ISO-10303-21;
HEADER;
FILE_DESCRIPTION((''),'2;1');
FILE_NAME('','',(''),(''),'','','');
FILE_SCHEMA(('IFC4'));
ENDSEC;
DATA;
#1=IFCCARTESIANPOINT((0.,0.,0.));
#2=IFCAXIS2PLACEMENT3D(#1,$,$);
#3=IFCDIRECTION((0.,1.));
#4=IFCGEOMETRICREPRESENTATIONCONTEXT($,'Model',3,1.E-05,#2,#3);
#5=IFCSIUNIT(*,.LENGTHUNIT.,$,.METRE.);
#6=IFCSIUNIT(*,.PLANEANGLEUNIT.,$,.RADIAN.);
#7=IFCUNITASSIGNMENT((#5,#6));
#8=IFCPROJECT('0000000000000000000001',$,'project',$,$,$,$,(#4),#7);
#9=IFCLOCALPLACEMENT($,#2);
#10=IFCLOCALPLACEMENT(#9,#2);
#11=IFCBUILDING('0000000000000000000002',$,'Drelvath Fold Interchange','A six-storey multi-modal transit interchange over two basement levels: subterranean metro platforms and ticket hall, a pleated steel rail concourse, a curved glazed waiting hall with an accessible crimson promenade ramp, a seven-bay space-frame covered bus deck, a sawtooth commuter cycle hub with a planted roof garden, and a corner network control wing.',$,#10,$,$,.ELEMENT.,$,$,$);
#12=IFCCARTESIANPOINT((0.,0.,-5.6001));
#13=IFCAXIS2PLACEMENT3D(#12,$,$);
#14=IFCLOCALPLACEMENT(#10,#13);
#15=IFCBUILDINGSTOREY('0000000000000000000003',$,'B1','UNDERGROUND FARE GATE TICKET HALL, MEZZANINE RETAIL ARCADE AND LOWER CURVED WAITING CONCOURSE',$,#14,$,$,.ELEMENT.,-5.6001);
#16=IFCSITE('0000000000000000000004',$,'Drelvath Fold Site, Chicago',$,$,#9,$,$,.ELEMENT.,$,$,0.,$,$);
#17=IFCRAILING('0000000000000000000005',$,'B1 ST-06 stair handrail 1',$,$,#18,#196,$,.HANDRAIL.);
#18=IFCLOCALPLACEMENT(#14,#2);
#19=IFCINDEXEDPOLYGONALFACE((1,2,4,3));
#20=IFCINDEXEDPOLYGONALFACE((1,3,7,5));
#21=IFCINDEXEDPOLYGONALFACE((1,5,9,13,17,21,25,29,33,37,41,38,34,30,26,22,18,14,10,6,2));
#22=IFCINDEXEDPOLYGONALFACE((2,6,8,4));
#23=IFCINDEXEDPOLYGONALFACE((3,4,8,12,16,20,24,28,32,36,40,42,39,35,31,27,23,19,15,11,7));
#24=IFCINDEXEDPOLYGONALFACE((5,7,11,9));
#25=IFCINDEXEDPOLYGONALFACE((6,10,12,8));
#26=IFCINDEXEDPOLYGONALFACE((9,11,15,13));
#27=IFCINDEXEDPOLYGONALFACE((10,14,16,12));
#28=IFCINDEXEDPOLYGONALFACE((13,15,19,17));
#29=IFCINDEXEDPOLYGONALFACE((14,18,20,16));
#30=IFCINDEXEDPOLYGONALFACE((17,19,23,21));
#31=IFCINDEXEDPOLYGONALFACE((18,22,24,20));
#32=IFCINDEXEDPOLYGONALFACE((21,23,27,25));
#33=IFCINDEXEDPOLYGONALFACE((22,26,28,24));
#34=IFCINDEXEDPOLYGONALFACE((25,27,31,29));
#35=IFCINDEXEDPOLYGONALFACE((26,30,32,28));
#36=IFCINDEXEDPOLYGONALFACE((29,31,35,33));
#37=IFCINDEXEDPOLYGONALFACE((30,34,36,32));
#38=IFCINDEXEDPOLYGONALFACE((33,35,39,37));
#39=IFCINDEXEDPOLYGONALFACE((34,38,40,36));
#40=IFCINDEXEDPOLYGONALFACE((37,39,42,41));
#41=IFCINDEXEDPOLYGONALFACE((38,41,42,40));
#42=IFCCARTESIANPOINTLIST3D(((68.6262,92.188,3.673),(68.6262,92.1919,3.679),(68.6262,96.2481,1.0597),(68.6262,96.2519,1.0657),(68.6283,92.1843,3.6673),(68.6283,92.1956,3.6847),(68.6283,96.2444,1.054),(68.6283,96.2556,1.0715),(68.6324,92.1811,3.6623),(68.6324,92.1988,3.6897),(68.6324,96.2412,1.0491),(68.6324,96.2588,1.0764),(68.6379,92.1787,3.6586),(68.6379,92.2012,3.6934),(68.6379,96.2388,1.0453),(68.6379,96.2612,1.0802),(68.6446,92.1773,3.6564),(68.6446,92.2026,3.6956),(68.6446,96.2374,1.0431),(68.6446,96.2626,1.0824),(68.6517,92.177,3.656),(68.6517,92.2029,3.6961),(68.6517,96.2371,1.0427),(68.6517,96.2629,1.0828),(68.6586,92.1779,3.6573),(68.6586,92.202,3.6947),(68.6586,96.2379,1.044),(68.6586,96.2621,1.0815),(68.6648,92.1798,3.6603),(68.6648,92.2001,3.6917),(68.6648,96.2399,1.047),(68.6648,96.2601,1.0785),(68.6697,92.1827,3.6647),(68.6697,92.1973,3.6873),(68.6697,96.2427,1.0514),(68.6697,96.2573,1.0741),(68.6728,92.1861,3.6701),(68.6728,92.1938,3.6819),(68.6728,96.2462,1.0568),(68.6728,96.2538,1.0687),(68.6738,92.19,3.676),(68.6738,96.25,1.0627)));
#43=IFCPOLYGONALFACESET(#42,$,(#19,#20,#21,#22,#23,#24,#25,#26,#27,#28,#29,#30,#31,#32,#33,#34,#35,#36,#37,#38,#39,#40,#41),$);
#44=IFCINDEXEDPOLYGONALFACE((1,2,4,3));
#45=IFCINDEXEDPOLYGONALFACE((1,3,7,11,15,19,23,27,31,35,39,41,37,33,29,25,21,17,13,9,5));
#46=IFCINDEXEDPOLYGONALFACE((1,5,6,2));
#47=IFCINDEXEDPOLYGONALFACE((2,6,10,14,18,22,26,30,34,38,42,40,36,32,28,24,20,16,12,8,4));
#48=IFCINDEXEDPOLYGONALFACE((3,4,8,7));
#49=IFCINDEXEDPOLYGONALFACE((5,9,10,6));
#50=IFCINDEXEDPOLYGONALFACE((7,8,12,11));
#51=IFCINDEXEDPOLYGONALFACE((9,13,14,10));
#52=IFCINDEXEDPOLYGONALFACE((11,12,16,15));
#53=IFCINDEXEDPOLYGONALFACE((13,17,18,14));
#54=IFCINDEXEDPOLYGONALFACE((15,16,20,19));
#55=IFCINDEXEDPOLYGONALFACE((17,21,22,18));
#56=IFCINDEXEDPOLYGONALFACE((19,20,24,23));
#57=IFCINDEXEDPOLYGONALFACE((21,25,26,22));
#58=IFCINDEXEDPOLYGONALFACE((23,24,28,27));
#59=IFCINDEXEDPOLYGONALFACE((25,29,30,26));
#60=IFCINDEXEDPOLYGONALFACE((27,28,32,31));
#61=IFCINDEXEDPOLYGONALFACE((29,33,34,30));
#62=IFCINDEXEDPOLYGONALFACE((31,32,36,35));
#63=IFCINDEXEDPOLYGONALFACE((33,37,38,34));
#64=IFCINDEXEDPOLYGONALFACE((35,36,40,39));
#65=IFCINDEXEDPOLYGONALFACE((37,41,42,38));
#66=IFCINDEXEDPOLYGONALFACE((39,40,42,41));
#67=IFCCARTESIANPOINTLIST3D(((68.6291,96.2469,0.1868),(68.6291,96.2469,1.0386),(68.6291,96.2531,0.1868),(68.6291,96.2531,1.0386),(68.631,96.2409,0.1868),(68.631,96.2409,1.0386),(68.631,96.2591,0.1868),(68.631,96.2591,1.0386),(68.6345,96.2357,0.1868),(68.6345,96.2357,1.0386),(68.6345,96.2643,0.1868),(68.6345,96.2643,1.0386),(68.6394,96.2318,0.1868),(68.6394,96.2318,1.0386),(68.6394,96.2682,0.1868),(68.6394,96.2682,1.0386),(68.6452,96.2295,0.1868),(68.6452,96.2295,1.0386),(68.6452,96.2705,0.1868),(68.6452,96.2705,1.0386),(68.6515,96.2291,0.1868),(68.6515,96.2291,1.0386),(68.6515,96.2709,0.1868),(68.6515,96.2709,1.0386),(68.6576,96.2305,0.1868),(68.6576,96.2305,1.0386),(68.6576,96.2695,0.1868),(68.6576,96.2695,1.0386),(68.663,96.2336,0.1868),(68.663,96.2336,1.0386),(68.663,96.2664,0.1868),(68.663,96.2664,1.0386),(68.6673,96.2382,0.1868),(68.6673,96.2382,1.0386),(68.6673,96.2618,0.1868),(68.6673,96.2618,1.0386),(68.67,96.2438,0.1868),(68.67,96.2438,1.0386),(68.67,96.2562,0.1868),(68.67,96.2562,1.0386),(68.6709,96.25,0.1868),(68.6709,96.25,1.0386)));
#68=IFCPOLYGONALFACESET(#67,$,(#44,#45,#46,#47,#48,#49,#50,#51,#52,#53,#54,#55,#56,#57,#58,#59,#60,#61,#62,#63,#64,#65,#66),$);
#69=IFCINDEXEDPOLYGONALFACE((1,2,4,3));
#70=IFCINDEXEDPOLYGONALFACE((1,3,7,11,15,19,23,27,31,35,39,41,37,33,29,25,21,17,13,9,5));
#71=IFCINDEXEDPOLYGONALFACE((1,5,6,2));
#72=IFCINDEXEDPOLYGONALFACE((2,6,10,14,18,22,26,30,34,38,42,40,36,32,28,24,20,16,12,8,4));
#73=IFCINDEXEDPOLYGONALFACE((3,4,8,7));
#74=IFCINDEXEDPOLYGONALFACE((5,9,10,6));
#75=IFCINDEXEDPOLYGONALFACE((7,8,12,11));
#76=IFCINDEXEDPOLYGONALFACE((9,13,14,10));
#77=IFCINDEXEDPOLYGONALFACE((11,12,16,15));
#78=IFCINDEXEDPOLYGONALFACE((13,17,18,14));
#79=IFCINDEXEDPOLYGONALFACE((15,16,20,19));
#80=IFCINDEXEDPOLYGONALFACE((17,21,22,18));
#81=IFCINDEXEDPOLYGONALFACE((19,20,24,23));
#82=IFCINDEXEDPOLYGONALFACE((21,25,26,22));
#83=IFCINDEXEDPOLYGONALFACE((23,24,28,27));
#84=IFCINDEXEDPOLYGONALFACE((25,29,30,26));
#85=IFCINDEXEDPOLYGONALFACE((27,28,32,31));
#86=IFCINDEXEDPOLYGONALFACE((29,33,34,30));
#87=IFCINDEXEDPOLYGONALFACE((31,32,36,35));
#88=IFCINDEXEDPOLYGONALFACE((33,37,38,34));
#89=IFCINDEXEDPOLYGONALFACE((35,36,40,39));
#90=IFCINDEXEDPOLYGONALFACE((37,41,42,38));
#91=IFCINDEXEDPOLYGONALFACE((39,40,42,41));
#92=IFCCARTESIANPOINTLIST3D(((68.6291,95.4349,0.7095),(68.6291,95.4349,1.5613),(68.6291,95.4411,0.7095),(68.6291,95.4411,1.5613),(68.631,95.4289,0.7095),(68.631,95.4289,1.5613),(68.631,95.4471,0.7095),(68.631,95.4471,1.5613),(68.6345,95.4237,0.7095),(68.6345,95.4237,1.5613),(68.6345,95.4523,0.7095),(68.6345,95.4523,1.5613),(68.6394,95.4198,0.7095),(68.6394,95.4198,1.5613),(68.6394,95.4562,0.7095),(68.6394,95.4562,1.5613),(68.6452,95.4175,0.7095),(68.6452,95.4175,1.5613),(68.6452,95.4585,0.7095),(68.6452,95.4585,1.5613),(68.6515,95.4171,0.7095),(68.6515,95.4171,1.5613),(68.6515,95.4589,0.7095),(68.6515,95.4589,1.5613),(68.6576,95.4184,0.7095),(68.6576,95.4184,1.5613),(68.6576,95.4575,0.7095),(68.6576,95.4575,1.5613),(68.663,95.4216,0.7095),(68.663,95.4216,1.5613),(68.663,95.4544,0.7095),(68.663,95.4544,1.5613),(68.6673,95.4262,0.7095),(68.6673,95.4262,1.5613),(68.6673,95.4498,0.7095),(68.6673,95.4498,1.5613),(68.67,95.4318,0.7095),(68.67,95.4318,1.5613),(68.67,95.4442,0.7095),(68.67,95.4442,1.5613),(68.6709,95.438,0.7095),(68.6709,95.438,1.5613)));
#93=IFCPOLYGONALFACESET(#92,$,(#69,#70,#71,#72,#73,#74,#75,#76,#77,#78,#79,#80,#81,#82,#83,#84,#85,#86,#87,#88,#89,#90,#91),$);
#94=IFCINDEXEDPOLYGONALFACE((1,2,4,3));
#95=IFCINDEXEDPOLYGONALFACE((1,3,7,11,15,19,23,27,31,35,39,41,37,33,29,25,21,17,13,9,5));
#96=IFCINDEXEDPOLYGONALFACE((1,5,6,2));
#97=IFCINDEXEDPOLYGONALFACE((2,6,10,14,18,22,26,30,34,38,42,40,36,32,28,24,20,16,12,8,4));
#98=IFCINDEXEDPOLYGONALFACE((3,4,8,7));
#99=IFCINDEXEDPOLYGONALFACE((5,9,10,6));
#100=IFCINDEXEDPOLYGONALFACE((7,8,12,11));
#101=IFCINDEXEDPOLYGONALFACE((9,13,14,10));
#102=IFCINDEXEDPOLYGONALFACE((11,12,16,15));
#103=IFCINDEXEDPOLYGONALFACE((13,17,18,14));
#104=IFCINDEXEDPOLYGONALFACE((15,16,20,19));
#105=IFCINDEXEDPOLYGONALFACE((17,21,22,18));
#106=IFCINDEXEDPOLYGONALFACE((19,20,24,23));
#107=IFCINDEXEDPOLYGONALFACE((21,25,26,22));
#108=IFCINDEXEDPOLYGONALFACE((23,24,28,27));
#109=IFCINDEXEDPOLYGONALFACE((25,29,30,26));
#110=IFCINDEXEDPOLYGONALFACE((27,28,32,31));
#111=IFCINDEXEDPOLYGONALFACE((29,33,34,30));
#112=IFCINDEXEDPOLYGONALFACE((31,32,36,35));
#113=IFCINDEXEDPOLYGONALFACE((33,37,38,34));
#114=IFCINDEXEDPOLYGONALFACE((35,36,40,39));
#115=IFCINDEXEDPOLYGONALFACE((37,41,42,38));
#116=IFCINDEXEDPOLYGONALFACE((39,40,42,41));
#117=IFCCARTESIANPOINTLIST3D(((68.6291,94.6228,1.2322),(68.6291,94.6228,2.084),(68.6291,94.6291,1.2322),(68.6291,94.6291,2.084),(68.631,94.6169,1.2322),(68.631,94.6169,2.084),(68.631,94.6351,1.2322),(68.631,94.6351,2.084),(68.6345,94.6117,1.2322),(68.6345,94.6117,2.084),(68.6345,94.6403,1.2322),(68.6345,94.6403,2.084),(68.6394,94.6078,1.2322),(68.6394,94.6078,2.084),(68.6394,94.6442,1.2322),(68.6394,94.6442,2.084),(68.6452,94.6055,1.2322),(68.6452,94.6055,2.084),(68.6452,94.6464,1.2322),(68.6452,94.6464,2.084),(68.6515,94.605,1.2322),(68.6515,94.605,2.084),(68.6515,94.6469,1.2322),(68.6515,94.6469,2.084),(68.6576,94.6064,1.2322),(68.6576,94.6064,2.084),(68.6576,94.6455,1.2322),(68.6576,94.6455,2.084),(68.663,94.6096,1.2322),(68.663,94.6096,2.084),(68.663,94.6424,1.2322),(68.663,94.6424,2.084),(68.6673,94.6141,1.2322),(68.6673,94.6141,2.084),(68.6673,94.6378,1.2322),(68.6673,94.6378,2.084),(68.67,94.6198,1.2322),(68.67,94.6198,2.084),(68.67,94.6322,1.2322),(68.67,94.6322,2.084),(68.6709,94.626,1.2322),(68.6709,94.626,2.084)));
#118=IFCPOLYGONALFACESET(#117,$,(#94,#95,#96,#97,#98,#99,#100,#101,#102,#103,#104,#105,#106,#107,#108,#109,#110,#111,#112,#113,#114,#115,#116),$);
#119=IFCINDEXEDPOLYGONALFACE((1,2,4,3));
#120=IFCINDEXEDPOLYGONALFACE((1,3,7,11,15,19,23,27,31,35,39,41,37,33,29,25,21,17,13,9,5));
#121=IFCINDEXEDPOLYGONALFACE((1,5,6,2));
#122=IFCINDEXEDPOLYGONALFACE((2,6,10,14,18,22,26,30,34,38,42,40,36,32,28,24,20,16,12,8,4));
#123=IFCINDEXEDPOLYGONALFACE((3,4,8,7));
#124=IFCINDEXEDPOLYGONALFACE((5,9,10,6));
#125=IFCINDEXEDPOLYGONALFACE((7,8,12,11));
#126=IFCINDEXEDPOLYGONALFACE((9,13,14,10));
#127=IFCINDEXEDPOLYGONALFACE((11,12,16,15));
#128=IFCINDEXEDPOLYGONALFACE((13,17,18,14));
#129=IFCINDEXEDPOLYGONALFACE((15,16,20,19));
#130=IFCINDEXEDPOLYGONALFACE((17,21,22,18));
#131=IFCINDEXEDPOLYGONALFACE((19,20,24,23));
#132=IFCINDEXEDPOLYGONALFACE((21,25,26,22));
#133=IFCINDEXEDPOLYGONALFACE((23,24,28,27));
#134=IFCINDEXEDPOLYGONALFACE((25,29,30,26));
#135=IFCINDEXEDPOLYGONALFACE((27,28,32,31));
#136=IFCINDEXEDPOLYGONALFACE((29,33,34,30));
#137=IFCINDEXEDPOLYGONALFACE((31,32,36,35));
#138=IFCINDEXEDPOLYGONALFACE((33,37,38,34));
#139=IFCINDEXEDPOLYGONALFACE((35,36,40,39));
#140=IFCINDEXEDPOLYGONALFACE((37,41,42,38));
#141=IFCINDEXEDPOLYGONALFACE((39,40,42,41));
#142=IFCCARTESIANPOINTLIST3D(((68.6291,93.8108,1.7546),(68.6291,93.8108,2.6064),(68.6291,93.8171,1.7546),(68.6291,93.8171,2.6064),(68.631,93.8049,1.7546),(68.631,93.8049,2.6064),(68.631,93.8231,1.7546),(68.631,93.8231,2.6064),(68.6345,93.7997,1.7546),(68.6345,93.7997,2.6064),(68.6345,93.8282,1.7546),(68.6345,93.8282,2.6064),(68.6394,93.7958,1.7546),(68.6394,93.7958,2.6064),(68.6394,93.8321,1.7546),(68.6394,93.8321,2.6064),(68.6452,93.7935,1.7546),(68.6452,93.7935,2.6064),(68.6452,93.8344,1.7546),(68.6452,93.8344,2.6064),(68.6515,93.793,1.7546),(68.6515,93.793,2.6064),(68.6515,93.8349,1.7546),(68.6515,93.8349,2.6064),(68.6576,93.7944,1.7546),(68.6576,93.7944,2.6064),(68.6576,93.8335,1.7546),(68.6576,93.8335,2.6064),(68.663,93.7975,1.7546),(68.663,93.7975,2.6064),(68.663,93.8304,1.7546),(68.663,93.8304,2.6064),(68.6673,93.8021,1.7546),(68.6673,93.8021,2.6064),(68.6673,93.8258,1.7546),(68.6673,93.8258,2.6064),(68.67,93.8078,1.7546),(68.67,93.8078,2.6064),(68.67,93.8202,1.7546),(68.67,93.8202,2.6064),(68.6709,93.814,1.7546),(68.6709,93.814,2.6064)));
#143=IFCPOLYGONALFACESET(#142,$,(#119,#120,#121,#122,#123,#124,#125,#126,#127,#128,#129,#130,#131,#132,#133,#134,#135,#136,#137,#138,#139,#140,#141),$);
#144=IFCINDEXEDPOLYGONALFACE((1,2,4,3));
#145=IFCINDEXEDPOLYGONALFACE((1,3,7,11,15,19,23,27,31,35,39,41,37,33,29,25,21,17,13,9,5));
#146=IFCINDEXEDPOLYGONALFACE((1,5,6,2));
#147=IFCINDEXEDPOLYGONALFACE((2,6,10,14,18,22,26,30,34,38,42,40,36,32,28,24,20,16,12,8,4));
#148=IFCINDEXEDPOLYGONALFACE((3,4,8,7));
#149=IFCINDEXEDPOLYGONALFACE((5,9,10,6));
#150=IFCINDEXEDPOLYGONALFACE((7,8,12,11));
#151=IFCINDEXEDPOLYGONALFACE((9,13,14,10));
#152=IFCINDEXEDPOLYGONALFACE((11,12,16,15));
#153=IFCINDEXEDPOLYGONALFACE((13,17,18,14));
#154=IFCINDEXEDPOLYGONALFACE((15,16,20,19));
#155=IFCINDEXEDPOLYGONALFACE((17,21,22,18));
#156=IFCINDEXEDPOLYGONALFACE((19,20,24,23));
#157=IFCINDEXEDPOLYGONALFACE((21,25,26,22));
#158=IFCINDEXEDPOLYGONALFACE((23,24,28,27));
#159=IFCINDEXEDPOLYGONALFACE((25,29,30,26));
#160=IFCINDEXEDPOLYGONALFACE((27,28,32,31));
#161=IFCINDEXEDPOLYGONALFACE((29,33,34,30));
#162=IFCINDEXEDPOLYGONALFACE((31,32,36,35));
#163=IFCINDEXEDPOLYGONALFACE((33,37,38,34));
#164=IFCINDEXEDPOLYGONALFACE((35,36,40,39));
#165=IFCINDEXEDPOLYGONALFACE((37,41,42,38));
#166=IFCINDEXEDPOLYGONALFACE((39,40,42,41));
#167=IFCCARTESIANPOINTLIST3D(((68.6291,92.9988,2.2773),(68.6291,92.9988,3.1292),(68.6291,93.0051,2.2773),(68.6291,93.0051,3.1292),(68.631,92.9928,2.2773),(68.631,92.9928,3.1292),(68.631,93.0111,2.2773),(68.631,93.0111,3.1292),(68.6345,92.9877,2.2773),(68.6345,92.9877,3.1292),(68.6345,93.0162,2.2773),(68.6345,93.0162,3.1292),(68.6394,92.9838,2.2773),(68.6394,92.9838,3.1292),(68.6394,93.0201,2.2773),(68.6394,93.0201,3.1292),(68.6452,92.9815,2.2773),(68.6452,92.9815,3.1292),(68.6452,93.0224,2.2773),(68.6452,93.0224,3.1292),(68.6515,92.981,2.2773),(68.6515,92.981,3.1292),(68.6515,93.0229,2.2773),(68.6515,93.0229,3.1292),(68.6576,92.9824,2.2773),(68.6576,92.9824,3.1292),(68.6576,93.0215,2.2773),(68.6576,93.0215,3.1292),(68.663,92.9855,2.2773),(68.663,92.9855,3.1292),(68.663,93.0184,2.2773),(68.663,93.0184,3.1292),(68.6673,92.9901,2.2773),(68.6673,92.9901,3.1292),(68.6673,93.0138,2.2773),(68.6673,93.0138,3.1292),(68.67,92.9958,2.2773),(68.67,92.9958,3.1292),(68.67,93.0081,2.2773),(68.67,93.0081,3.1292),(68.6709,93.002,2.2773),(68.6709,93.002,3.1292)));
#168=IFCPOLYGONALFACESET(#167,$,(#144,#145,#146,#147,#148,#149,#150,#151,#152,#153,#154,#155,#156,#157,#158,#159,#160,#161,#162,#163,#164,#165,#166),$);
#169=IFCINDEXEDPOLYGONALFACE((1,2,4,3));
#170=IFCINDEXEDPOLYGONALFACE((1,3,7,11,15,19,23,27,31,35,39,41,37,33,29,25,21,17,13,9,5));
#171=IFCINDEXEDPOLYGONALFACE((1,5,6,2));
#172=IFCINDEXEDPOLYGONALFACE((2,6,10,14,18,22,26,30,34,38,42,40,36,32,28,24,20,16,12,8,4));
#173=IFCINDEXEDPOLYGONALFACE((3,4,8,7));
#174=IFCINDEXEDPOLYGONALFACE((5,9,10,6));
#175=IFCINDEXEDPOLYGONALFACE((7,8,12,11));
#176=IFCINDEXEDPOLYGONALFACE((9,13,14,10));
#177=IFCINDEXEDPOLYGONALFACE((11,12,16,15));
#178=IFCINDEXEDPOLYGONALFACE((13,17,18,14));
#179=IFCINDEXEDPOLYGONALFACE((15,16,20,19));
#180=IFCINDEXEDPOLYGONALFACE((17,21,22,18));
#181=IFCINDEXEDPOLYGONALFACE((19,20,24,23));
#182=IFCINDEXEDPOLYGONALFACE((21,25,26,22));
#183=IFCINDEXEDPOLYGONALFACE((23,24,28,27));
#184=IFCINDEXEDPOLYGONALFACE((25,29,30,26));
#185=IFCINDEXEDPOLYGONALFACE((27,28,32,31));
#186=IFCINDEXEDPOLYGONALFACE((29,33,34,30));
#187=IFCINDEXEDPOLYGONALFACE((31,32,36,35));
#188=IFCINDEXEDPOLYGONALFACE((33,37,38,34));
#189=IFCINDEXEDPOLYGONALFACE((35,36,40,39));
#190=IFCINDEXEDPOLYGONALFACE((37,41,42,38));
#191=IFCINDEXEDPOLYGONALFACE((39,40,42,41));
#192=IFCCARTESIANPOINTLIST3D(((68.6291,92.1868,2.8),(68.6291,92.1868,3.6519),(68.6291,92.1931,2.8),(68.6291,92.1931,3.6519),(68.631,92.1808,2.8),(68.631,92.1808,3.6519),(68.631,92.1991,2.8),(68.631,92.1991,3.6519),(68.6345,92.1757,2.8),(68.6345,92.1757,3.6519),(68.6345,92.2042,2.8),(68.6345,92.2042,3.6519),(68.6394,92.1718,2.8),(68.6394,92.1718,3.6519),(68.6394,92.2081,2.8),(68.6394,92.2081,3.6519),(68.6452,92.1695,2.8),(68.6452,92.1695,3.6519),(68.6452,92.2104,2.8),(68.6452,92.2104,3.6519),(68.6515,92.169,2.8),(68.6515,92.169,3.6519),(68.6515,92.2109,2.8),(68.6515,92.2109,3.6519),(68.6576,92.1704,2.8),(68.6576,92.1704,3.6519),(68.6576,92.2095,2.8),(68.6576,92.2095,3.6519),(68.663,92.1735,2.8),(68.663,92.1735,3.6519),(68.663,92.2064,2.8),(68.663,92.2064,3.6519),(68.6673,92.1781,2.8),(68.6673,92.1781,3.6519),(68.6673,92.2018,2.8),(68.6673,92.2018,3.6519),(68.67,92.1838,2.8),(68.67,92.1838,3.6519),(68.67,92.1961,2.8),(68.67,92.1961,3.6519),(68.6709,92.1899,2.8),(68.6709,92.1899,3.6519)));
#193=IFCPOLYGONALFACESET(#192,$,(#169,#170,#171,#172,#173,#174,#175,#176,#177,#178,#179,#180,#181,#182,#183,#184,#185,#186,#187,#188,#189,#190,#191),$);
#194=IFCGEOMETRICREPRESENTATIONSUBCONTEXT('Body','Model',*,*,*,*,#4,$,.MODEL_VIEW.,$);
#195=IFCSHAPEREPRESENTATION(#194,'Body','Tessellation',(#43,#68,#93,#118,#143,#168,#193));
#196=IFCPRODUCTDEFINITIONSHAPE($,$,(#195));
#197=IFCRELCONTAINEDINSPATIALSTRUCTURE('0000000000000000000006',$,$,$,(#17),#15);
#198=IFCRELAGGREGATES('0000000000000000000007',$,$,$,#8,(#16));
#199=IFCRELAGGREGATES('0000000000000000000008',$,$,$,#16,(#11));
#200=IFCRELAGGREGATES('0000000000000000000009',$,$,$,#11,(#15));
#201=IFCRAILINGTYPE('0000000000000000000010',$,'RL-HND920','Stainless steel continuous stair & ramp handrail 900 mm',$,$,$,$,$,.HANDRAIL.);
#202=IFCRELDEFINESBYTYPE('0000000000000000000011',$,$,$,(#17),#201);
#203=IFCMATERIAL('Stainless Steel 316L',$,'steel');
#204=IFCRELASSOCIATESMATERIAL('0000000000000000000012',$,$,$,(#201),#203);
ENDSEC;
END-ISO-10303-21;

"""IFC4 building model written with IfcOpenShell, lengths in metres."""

from ifc_helpers import new_model, si_unit, direction, frame, origin, origin_2d, place, context, subcontext, project, spatial, circle, extrude, material, type_object, element, save


model = new_model("IFC4")

# Units and contexts
model_context = context("Model", 3, precision=1e-05, world=origin(), true_north=direction((0.0, 1.0)))
body_context = subcontext(model_context, "Body", "Model", "MODEL_VIEW")
ifc_project = project(units=[si_unit("LENGTHUNIT", "METRE"), si_unit("PLANEANGLEUNIT", "RADIAN")], contexts=[model_context])

# Site, building, storey
site_placement = place(None, origin())
site = spatial("IfcSite", under=ifc_project, at=site_placement, Name="Drelvath Fold Site, Chicago", CompositionType="ELEMENT", RefElevation=0.0)
building_placement = place(site_placement, origin())
building = spatial("IfcBuilding", under=site, at=building_placement, Name="Drelvath Fold Interchange", Description="A six-storey multi-modal transit interchange over two basement levels: subterranean metro platforms and ticket hall, a pleated steel rail concourse, a curved glazed waiting hall with an accessible crimson promenade ramp, a seven-bay space-frame covered bus deck, a sawtooth commuter cycle hub with a planted roof garden, and a corner network control wing.", CompositionType="ELEMENT")
storey_placement = place(building_placement, frame((0.0, 0.0, -5.6001)))
storey = spatial("IfcBuildingStorey", under=building, at=storey_placement, Name="B1", Description="UNDERGROUND FARE GATE TICKET HALL, MEZZANINE RETAIL ARCADE AND LOWER CURVED WAITING CONCOURSE", CompositionType="ELEMENT", Elevation=-5.6001)

# Railing
ifc_material_1 = material(Name="Stainless Steel 316L", Category="steel")
railing_type_1 = type_object("IfcRailingType", Name="RL-HND920", Description="Stainless steel continuous stair & ramp handrail 900 mm", PredefinedType="HANDRAIL", material=ifc_material_1)
railing_1_placement = place(storey_placement, frame((68.6499, 96.25, 0.1868)))
element("IfcRailing", 1, at=railing_1_placement, inside=storey, type_object=railing_type_1, Name="B1 ST-06 stair handrail 1", PredefinedType="HANDRAIL", context=body_context, shape_type="SweptSolid", body=[
    extrude(circle(Radius=0.0239, at=origin_2d()), frame((0.0, 0.0, 0.876), z_axis=(0.0, -0.840873, 0.541233), x_axis=(1.0, 0.0, 0.0)), (0.0, 0.0, 1.0), 4.8284),
    extrude(circle(Radius=0.021, at=origin_2d()), origin(), (0.0, 0.0, 1.0), 0.8518),
    extrude(circle(Radius=0.021, at=origin_2d()), frame((0.0, -0.812, 0.5227)), (0.0, 0.0, 1.0), 0.8518),
    extrude(circle(Radius=0.021, at=origin_2d()), frame((0.0, -1.624, 1.0454)), (0.0, 0.0, 1.0), 0.8518),
    extrude(circle(Radius=0.021, at=origin_2d()), frame((0.0, -2.436, 1.5679)), (0.0, 0.0, 1.0), 0.8518),
    extrude(circle(Radius=0.021, at=origin_2d()), frame((0.0, -3.248, 2.0906)), (0.0, 0.0, 1.0), 0.8518),
    extrude(circle(Radius=0.021, at=origin_2d()), frame((0.0, -4.0601, 2.6133)), (0.0, 0.0, 1.0), 0.8518),
])

save(model, "model.ifc")
